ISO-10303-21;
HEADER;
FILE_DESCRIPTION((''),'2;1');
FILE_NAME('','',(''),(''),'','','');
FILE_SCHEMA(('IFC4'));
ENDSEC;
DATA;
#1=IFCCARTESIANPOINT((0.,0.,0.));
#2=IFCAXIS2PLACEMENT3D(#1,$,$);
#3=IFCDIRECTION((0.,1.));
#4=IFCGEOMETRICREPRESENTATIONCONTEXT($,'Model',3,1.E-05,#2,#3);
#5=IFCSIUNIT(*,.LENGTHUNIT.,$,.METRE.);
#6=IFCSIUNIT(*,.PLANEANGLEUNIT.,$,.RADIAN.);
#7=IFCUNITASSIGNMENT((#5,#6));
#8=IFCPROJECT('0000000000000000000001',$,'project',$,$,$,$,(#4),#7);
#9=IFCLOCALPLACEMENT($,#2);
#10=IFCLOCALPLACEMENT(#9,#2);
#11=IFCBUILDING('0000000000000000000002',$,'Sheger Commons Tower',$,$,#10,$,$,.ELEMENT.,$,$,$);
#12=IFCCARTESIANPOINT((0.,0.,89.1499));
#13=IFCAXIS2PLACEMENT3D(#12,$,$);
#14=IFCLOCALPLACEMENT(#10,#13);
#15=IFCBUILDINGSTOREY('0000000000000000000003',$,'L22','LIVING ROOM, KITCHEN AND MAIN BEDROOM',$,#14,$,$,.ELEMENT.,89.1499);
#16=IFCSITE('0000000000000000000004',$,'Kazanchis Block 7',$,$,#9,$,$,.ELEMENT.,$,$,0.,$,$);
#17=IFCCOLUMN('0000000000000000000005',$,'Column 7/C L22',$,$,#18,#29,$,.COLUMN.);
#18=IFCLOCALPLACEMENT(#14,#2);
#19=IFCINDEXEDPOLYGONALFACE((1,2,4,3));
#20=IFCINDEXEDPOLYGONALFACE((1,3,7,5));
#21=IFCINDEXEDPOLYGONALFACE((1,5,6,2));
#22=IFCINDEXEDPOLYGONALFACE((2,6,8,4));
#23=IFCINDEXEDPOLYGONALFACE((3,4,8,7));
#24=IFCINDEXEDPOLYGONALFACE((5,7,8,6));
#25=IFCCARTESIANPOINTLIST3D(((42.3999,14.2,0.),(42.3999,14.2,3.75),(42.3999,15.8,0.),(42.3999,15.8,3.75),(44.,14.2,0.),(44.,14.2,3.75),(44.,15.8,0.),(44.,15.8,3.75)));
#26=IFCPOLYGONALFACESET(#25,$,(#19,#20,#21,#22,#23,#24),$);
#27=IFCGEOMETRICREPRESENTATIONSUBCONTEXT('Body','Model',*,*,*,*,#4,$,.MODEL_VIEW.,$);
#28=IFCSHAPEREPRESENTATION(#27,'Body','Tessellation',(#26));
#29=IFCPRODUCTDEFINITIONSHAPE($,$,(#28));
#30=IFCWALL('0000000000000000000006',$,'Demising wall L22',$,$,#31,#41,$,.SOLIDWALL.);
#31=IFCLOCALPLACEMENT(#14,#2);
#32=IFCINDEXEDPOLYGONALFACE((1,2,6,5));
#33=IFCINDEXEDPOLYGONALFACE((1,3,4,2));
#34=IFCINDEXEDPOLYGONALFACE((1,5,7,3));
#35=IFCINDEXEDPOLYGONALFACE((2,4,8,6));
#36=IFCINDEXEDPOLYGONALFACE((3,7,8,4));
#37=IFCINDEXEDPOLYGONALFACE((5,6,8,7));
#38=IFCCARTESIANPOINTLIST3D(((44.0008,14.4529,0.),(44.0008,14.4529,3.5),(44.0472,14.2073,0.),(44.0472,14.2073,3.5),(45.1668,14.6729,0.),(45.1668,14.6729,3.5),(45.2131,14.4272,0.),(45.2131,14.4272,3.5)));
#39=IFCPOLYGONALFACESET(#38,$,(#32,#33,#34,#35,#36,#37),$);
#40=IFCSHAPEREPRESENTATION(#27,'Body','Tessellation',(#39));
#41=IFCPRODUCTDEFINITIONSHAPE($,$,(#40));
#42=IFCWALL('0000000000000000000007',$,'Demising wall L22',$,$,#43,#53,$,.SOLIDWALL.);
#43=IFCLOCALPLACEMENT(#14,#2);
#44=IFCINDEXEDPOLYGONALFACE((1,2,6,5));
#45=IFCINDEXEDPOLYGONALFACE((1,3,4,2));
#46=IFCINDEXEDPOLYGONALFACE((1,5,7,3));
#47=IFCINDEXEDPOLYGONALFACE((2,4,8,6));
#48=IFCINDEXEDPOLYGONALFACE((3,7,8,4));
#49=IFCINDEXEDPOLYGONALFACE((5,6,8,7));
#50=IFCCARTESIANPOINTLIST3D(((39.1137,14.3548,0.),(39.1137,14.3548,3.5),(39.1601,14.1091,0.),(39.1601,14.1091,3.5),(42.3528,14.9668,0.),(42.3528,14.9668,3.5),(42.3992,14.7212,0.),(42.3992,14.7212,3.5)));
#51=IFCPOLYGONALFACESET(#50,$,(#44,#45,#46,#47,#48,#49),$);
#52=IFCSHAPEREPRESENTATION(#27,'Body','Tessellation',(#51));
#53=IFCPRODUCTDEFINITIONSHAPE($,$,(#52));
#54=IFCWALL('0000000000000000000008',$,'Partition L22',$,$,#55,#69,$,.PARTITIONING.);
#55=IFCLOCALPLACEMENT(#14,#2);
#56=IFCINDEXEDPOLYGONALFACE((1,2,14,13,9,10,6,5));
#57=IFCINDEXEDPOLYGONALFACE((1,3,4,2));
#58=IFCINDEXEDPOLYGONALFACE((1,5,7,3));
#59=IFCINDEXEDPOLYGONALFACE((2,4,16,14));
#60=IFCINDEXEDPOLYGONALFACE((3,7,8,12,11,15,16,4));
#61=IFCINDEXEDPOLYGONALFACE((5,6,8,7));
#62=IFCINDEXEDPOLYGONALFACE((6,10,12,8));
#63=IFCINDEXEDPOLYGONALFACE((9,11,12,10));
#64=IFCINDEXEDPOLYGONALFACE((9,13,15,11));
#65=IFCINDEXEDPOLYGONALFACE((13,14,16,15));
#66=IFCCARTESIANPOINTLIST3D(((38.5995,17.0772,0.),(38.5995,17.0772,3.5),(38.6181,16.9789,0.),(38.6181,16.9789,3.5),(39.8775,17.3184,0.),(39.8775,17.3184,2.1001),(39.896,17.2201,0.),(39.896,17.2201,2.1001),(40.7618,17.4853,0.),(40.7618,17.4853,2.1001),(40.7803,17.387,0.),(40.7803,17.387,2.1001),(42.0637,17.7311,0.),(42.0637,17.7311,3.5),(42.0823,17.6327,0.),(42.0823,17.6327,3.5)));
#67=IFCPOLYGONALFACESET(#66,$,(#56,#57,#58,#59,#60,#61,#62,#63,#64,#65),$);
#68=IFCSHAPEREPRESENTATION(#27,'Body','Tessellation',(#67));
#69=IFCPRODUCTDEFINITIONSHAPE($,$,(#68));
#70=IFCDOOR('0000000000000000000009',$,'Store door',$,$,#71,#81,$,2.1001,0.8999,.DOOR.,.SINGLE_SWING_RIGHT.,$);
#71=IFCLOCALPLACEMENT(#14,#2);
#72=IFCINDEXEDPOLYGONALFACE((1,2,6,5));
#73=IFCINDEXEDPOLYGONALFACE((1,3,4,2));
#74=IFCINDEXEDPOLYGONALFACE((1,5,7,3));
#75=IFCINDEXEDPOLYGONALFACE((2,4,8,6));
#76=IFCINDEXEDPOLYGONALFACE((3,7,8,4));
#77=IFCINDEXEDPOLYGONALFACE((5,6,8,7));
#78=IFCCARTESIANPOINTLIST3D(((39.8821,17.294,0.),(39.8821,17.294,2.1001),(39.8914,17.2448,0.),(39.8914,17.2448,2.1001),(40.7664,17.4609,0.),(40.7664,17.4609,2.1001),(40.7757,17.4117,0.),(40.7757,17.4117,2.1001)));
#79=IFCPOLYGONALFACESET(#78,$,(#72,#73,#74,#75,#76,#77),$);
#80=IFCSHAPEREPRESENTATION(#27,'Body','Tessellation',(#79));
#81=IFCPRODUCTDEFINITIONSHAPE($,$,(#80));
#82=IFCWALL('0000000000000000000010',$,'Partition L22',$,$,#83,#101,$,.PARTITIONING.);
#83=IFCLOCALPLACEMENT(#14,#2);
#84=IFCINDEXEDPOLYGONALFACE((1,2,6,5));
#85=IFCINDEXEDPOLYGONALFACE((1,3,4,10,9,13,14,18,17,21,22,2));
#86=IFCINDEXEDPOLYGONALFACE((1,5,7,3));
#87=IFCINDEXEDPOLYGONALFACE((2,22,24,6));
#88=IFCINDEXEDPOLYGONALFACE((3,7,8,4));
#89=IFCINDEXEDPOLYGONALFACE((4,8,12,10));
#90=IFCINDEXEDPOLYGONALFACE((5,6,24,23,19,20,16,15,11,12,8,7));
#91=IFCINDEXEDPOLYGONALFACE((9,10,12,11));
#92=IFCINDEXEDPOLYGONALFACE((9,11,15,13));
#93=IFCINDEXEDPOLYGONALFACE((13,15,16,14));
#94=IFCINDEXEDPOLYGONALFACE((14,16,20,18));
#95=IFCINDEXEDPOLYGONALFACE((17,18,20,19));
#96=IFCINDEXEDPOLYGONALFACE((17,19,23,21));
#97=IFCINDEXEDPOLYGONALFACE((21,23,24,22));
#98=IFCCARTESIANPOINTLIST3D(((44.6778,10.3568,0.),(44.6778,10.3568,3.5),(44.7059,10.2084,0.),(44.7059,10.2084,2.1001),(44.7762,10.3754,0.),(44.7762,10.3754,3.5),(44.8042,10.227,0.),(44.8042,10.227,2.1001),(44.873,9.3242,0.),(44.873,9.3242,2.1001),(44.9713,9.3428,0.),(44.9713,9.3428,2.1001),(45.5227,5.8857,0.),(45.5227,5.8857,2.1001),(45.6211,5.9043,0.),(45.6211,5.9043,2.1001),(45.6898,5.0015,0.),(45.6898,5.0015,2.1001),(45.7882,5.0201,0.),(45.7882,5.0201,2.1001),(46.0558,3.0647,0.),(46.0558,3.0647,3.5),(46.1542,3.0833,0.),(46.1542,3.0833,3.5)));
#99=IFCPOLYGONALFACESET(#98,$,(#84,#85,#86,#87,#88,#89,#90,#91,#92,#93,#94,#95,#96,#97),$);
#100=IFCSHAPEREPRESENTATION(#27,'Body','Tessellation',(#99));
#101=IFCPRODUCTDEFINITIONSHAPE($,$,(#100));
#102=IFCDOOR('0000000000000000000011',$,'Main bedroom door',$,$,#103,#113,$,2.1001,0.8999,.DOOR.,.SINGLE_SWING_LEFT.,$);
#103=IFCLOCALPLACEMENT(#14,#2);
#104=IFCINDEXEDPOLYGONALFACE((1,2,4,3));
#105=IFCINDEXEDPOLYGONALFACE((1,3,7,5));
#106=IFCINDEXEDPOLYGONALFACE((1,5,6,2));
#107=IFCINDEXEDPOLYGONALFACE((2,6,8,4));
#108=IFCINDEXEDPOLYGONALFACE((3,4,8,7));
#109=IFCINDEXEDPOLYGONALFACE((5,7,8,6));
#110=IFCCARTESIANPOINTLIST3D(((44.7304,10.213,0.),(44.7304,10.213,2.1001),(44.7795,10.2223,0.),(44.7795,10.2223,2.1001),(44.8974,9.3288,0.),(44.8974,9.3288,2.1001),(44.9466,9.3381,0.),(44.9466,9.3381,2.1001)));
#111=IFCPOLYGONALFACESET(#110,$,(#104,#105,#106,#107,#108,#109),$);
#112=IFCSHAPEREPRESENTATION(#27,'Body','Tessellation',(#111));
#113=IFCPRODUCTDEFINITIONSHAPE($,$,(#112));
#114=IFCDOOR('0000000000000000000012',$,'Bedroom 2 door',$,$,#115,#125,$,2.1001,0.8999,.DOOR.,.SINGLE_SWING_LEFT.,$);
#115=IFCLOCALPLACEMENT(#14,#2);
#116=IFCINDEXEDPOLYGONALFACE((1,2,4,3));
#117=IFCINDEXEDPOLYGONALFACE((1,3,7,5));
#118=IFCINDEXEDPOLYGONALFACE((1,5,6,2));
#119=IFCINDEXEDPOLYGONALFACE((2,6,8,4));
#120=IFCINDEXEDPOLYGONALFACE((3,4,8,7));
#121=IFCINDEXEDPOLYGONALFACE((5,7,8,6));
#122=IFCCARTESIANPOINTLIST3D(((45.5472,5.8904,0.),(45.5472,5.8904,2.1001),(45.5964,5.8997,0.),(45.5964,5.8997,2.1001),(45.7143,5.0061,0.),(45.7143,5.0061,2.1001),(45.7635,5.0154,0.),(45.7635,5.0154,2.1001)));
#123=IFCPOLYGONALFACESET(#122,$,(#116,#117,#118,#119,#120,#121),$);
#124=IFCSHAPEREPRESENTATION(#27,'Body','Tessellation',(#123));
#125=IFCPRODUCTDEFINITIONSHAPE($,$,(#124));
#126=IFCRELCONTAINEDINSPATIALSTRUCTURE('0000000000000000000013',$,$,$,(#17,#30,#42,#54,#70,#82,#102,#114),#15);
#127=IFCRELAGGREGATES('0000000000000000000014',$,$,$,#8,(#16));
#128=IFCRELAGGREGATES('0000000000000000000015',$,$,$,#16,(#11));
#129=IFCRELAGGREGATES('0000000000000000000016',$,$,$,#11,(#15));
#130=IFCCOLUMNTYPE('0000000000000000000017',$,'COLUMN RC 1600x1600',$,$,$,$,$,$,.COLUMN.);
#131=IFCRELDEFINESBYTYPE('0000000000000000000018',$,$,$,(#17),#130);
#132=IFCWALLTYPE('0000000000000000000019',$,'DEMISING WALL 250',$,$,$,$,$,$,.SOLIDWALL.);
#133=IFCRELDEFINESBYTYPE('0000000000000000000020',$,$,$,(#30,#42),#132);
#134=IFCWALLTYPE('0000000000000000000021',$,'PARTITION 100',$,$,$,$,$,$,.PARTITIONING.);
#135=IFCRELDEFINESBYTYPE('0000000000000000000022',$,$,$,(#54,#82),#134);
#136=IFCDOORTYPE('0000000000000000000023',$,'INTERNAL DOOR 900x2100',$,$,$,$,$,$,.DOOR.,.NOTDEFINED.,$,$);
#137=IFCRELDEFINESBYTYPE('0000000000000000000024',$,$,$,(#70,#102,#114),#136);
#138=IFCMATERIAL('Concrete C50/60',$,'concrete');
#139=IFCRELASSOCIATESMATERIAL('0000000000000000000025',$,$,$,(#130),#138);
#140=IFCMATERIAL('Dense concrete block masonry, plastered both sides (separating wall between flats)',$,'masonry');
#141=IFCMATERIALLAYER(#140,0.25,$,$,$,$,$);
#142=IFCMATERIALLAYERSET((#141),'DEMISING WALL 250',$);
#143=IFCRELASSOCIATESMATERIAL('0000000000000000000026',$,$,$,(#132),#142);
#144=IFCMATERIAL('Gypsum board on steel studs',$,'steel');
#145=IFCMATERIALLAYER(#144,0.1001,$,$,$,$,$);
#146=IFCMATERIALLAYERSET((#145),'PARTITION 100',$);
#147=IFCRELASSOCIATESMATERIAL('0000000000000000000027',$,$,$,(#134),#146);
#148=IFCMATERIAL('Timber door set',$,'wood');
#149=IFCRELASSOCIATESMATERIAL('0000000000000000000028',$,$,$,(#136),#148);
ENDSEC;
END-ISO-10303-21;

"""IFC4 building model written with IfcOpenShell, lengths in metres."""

from ifc_helpers import new_model, si_unit, direction, frame, frame_2d, origin, origin_2d, place, context, subcontext, project, spatial, rectangle, extrude, material, layer, layer_set, material_profile, profile_set, type_object, element, fill, save


model = new_model("IFC4")

# Units and contexts
model_context = context("Model", 3, precision=1e-05, world=origin(), true_north=direction((0.0, 1.0)))
body_context = subcontext(model_context, "Body", "Model", "MODEL_VIEW")
ifc_project = project(units=[si_unit("LENGTHUNIT", "METRE"), si_unit("PLANEANGLEUNIT", "RADIAN")], contexts=[model_context])

# Site, building, storey
site_placement = place(None, origin())
site = spatial("IfcSite", under=ifc_project, at=site_placement, Name="Kazanchis Block 7", CompositionType="ELEMENT", RefElevation=0.0)
building_placement = place(site_placement, origin())
building = spatial("IfcBuilding", under=site, at=building_placement, Name="Sheger Commons Tower", CompositionType="ELEMENT")
storey_placement = place(building_placement, frame((0.0, 0.0, 89.1499)))
storey = spatial("IfcBuildingStorey", under=building, at=storey_placement, Name="L22", Description="LIVING ROOM, KITCHEN AND MAIN BEDROOM", CompositionType="ELEMENT", Elevation=89.1499)

# Column
ifc_material_1 = material(Name="Concrete C50/60", Category="concrete")
ifc_material_profile = material_profile(ifc_material_1, rectangle(XDim=1.6001, YDim=1.6001, at=origin_2d()), Name="RC 1600x1600")
ifc_profile_set = profile_set([ifc_material_profile], Name="Concrete C50/60")
column_type = type_object("IfcColumnType", Name="COLUMN RC 1600x1600", PredefinedType="COLUMN", material=ifc_profile_set)
column_placement = place(storey_placement, frame((43.2, 15.0, 0.0), z_axis=(0.0, 0.0, 1.0), x_axis=(1.0, 0.0, 0.0)))
element("IfcColumn", 1, at=column_placement, inside=storey, type_object=column_type, Name="Column 7/C L22", PredefinedType="COLUMN", context=body_context, shape_type="SweptSolid", body=[
    extrude(rectangle(XDim=1.6001, YDim=1.6001, at=origin_2d()), origin(), (0.0, 0.0, 1.0), 3.75),
])

# Walls
ifc_material_2 = material(Name="Dense concrete block masonry, plastered both sides (separating wall between flats)", Category="masonry")
ifc_layer_1 = layer(ifc_material_2, 0.25)
ifc_layer_set_1 = layer_set([ifc_layer_1], Name="DEMISING WALL 250")
wall_type_1 = type_object("IfcWallType", Name="DEMISING WALL 250", PredefinedType="SOLIDWALL", material=ifc_layer_set_1)
wall_1_placement = place(storey_placement, frame((45.1899, 14.55, 0.0), z_axis=(0.0, 0.0, 1.0), x_axis=(-0.982667, -0.185382, 0.0)))
element("IfcWall", 2, at=wall_1_placement, inside=storey, type_object=wall_type_1, Name="Demising wall L22", PredefinedType="SOLIDWALL", context=body_context, shape_type="SweptSolid", body=[
    extrude(rectangle(XDim=1.1865, YDim=0.25, at=frame_2d((0.5933, 0.0))), origin(), (0.0, 0.0, 1.0), 3.5),
])
wall_2_placement = place(storey_placement, frame((42.376, 14.844, 0.0), z_axis=(0.0, 0.0, 1.0), x_axis=(-0.98261, -0.185679, 0.0)))
element("IfcWall", 3, at=wall_2_placement, inside=storey, type_object=wall_type_1, Name="Demising wall L22", PredefinedType="SOLIDWALL", context=body_context, shape_type="SweptSolid", body=[
    extrude(rectangle(XDim=3.2964, YDim=0.25, at=frame_2d((1.6482, 0.0))), origin(), (0.0, 0.0, 1.0), 3.5),
])

# Wall, opening, door
ifc_material_3 = material(Name="Gypsum board on steel studs", Category="steel")
ifc_layer_2 = layer(ifc_material_3, 0.1001)
ifc_layer_set_2 = layer_set([ifc_layer_2], Name="PARTITION 100")
wall_type_2 = type_object("IfcWallType", Name="PARTITION 100", PredefinedType="PARTITIONING", material=ifc_layer_set_2)
wall_3_placement = place(storey_placement, frame((42.073, 17.6819, 0.0), z_axis=(0.0, 0.0, 1.0), x_axis=(-0.982651, -0.185463, 0.0)))
wall_3 = element("IfcWall", 4, at=wall_3_placement, inside=storey, type_object=wall_type_2, Name="Partition L22", PredefinedType="PARTITIONING", context=body_context, shape_type="SweptSolid", body=[
    extrude(rectangle(XDim=3.5254, YDim=0.1001, at=frame_2d((1.7627, 0.0))), origin(), (0.0, 0.0, 1.0), 3.5),
])
opening_1_placement = place(wall_3_placement, frame((1.325, 0.0, 0.0)))
opening_1 = element("IfcOpeningElement", 5, at=opening_1_placement, cuts=wall_3, PredefinedType="OPENING", context=body_context, shape_type="SweptSolid", body=[
    extrude(rectangle(XDim=0.8999, YDim=2.1001, at=frame_2d((0.45, 1.05))), frame((0.0, 0.0601, 0.0), z_axis=(0.0, -1.0, 0.0), x_axis=(1.0, 0.0, 0.0)), (0.0, 0.0, 1.0), 0.1201),
])
ifc_material_4 = material(Name="Timber door set", Category="wood")
door_type_1 = type_object("IfcDoorType", Name="INTERNAL DOOR 900x2100", OperationType="NOTDEFINED", PredefinedType="DOOR", material=ifc_material_4)
door_1_placement = place(opening_1_placement, origin())
door_1 = element("IfcDoor", 6, at=door_1_placement, inside=storey, type_object=door_type_1, Name="Store door", OperationType="SINGLE_SWING_RIGHT", OverallHeight=2.1001, OverallWidth=0.8999, PredefinedType="DOOR", context=body_context, shape_type="SweptSolid", body=[
    extrude(rectangle(XDim=0.8999, YDim=2.1001, at=frame_2d((0.45, 1.05))), frame((0.0, 0.0249, 0.0), z_axis=(0.0, -1.0, 0.0), x_axis=(1.0, 0.0, 0.0)), (0.0, 0.0, 1.0), 0.05),
])
fill(opening_1, door_1)

# Wall, openings, doors
wall_4_placement = place(storey_placement, frame((44.7271, 10.366, 0.0), z_axis=(0.0, 0.0, 1.0), x_axis=(0.185679, -0.98261, 0.0)))
wall_4 = element("IfcWall", 7, at=wall_4_placement, inside=storey, type_object=wall_type_2, Name="Partition L22", PredefinedType="PARTITIONING", context=body_context, shape_type="SweptSolid", body=[
    extrude(rectangle(XDim=7.4211, YDim=0.1001, at=frame_2d((3.7104, 0.0))), origin(), (0.0, 0.0, 1.0), 3.5),
])
opening_2_placement = place(wall_4_placement, frame((0.1509, 0.0, 0.0)))
opening_2 = element("IfcOpeningElement", 8, at=opening_2_placement, cuts=wall_4, PredefinedType="OPENING", context=body_context, shape_type="SweptSolid", body=[
    extrude(rectangle(XDim=0.8999, YDim=2.1001, at=frame_2d((0.45, 1.05))), frame((0.0, 0.0601, 0.0), z_axis=(0.0, -1.0, 0.0), x_axis=(1.0, 0.0, 0.0)), (0.0, 0.0, 1.0), 0.1201),
])
opening_3_placement = place(wall_4_placement, frame((4.55, 0.0, 0.0)))
opening_3 = element("IfcOpeningElement", 9, at=opening_3_placement, cuts=wall_4, PredefinedType="OPENING", context=body_context, shape_type="SweptSolid", body=[
    extrude(rectangle(XDim=0.8999, YDim=2.1001, at=frame_2d((0.45, 1.05))), frame((0.0, 0.0601, 0.0), z_axis=(0.0, -1.0, 0.0), x_axis=(1.0, 0.0, 0.0)), (0.0, 0.0, 1.0), 0.1201),
])
door_2_placement = place(opening_2_placement, origin())
door_2 = element("IfcDoor", 10, at=door_2_placement, inside=storey, type_object=door_type_1, Name="Main bedroom door", OperationType="SINGLE_SWING_LEFT", OverallHeight=2.1001, OverallWidth=0.8999, PredefinedType="DOOR", context=body_context, shape_type="SweptSolid", body=[
    extrude(rectangle(XDim=0.8999, YDim=2.1001, at=frame_2d((0.45, 1.05))), frame((0.0, 0.0249, 0.0), z_axis=(0.0, -1.0, 0.0), x_axis=(1.0, 0.0, 0.0)), (0.0, 0.0, 1.0), 0.05),
])
fill(opening_2, door_2)
door_3_placement = place(opening_3_placement, origin())
door_3 = element("IfcDoor", 11, at=door_3_placement, inside=storey, type_object=door_type_1, Name="Bedroom 2 door", OperationType="SINGLE_SWING_LEFT", OverallHeight=2.1001, OverallWidth=0.8999, PredefinedType="DOOR", context=body_context, shape_type="SweptSolid", body=[
    extrude(rectangle(XDim=0.8999, YDim=2.1001, at=frame_2d((0.45, 1.05))), frame((0.0, 0.0249, 0.0), z_axis=(0.0, -1.0, 0.0), x_axis=(1.0, 0.0, 0.0)), (0.0, 0.0, 1.0), 0.05),
])
fill(opening_3, door_3)

save(model, "model.ifc")
